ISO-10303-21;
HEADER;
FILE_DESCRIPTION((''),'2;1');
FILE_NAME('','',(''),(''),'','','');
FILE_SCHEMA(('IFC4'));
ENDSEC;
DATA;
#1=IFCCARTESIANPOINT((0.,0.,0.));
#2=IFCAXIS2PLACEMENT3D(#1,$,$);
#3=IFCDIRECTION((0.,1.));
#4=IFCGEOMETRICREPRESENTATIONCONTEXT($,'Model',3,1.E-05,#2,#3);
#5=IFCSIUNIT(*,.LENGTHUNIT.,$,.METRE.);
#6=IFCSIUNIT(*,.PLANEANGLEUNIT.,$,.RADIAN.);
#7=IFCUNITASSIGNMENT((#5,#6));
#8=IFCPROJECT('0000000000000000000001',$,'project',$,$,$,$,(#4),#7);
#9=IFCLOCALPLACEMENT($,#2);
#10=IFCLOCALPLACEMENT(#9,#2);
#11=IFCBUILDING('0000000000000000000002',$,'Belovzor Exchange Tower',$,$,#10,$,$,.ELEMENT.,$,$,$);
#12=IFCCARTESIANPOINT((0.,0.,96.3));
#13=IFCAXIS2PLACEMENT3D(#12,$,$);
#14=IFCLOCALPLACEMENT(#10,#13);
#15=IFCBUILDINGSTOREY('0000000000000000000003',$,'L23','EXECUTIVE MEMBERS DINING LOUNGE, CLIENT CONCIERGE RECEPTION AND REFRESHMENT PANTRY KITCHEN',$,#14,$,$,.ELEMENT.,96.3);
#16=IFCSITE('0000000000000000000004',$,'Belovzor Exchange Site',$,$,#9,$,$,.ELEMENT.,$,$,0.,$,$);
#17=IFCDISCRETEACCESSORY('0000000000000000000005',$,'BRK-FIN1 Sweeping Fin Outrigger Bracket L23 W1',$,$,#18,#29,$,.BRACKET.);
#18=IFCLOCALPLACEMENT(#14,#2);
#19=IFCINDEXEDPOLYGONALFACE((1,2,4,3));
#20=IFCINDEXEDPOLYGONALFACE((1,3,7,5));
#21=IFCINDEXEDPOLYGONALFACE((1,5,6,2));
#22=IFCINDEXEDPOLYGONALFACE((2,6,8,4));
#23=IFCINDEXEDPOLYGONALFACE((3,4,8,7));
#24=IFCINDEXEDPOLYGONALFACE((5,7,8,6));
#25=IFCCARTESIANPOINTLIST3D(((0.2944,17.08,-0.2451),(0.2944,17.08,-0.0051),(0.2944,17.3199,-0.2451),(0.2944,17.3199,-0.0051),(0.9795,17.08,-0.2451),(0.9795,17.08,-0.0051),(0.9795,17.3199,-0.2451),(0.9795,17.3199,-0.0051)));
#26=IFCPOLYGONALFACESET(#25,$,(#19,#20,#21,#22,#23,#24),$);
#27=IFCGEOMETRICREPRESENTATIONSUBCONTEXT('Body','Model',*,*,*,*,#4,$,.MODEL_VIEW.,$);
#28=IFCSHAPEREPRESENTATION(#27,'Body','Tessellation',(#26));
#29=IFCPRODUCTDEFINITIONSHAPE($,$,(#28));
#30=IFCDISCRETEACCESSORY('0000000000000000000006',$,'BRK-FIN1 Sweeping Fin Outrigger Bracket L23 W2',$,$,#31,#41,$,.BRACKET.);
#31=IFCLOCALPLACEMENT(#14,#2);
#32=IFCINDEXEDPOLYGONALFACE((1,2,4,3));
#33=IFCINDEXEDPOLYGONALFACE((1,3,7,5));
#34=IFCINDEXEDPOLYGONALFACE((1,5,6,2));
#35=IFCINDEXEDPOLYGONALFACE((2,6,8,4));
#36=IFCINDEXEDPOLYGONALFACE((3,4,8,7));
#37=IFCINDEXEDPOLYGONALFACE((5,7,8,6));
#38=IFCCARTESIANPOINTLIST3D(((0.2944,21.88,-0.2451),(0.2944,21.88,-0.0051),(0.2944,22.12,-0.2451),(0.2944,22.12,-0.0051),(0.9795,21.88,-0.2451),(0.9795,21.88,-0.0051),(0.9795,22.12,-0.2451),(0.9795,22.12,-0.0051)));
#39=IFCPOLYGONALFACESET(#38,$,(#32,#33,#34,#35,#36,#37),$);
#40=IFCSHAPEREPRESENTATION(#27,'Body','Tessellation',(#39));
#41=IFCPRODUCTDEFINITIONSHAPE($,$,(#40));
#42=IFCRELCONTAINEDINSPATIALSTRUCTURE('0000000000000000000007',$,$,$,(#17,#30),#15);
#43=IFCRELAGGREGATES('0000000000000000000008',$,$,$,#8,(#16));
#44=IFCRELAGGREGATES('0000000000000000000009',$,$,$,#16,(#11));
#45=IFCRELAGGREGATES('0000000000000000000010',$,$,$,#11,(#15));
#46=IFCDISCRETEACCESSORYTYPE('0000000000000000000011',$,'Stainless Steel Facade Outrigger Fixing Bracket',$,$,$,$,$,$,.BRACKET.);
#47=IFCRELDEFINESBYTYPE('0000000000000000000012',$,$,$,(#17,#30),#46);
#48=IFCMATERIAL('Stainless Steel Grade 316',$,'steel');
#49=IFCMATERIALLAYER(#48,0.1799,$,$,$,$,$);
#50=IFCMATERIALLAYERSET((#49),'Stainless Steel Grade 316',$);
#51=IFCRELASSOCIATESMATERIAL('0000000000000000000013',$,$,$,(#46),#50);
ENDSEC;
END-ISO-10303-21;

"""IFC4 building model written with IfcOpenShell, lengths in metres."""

from ifc_helpers import new_model, si_unit, direction, frame, origin, origin_2d, place, context, subcontext, project, spatial, rectangle, extrude, material, layer, layer_set, type_object, element, save


model = new_model("IFC4")

# Units and contexts
model_context = context("Model", 3, precision=1e-05, world=origin(), true_north=direction((0.0, 1.0)))
body_context = subcontext(model_context, "Body", "Model", "MODEL_VIEW")
ifc_project = project(units=[si_unit("LENGTHUNIT", "METRE"), si_unit("PLANEANGLEUNIT", "RADIAN")], contexts=[model_context])

# Site, building, storey
site_placement = place(None, origin())
site = spatial("IfcSite", under=ifc_project, at=site_placement, Name="Belovzor Exchange Site", CompositionType="ELEMENT", RefElevation=0.0)
building_placement = place(site_placement, origin())
building = spatial("IfcBuilding", under=site, at=building_placement, Name="Belovzor Exchange Tower", CompositionType="ELEMENT")
storey_placement = place(building_placement, frame((0.0, 0.0, 96.3)))
storey = spatial("IfcBuildingStorey", under=building, at=storey_placement, Name="L23", Description="EXECUTIVE MEMBERS DINING LOUNGE, CLIENT CONCIERGE RECEPTION AND REFRESHMENT PANTRY KITCHEN", CompositionType="ELEMENT", Elevation=96.3)

# Discrete accessories
ifc_material_1 = material(Name="Stainless Steel Grade 316", Category="steel")
ifc_layer_1 = layer(ifc_material_1, 0.1799)
ifc_layer_set_1 = layer_set([ifc_layer_1], Name="Stainless Steel Grade 316")
discrete_accessory_type = type_object("IfcDiscreteAccessoryType", Name="Stainless Steel Facade Outrigger Fixing Bracket", PredefinedType="BRACKET", material=ifc_layer_set_1)
for number, where, z_axis, x_axis, name in (
    (1, (0.637, 17.2, -0.2451), (0.0, 0.0, 1.0), (1.0, 0.0, 0.0), "BRK-FIN1 Sweeping Fin Outrigger Bracket L23 W1"),
    (2, (0.637, 22.0, -0.2451), (0.0, 0.0, 1.0), (1.0, 0.0, 0.0), "BRK-FIN1 Sweeping Fin Outrigger Bracket L23 W2"),
):
    element("IfcDiscreteAccessory", number, at=place(storey_placement, frame(where, z_axis=z_axis, x_axis=x_axis)), inside=storey, type_object=discrete_accessory_type, Name=name, PredefinedType="BRACKET", context=body_context, shape_type="SweptSolid", body=[
        extrude(rectangle(XDim=0.6851, YDim=0.24, at=origin_2d()), origin(), (0.0, 0.0, 1.0), 0.24),
    ])

save(model, "model.ifc")
